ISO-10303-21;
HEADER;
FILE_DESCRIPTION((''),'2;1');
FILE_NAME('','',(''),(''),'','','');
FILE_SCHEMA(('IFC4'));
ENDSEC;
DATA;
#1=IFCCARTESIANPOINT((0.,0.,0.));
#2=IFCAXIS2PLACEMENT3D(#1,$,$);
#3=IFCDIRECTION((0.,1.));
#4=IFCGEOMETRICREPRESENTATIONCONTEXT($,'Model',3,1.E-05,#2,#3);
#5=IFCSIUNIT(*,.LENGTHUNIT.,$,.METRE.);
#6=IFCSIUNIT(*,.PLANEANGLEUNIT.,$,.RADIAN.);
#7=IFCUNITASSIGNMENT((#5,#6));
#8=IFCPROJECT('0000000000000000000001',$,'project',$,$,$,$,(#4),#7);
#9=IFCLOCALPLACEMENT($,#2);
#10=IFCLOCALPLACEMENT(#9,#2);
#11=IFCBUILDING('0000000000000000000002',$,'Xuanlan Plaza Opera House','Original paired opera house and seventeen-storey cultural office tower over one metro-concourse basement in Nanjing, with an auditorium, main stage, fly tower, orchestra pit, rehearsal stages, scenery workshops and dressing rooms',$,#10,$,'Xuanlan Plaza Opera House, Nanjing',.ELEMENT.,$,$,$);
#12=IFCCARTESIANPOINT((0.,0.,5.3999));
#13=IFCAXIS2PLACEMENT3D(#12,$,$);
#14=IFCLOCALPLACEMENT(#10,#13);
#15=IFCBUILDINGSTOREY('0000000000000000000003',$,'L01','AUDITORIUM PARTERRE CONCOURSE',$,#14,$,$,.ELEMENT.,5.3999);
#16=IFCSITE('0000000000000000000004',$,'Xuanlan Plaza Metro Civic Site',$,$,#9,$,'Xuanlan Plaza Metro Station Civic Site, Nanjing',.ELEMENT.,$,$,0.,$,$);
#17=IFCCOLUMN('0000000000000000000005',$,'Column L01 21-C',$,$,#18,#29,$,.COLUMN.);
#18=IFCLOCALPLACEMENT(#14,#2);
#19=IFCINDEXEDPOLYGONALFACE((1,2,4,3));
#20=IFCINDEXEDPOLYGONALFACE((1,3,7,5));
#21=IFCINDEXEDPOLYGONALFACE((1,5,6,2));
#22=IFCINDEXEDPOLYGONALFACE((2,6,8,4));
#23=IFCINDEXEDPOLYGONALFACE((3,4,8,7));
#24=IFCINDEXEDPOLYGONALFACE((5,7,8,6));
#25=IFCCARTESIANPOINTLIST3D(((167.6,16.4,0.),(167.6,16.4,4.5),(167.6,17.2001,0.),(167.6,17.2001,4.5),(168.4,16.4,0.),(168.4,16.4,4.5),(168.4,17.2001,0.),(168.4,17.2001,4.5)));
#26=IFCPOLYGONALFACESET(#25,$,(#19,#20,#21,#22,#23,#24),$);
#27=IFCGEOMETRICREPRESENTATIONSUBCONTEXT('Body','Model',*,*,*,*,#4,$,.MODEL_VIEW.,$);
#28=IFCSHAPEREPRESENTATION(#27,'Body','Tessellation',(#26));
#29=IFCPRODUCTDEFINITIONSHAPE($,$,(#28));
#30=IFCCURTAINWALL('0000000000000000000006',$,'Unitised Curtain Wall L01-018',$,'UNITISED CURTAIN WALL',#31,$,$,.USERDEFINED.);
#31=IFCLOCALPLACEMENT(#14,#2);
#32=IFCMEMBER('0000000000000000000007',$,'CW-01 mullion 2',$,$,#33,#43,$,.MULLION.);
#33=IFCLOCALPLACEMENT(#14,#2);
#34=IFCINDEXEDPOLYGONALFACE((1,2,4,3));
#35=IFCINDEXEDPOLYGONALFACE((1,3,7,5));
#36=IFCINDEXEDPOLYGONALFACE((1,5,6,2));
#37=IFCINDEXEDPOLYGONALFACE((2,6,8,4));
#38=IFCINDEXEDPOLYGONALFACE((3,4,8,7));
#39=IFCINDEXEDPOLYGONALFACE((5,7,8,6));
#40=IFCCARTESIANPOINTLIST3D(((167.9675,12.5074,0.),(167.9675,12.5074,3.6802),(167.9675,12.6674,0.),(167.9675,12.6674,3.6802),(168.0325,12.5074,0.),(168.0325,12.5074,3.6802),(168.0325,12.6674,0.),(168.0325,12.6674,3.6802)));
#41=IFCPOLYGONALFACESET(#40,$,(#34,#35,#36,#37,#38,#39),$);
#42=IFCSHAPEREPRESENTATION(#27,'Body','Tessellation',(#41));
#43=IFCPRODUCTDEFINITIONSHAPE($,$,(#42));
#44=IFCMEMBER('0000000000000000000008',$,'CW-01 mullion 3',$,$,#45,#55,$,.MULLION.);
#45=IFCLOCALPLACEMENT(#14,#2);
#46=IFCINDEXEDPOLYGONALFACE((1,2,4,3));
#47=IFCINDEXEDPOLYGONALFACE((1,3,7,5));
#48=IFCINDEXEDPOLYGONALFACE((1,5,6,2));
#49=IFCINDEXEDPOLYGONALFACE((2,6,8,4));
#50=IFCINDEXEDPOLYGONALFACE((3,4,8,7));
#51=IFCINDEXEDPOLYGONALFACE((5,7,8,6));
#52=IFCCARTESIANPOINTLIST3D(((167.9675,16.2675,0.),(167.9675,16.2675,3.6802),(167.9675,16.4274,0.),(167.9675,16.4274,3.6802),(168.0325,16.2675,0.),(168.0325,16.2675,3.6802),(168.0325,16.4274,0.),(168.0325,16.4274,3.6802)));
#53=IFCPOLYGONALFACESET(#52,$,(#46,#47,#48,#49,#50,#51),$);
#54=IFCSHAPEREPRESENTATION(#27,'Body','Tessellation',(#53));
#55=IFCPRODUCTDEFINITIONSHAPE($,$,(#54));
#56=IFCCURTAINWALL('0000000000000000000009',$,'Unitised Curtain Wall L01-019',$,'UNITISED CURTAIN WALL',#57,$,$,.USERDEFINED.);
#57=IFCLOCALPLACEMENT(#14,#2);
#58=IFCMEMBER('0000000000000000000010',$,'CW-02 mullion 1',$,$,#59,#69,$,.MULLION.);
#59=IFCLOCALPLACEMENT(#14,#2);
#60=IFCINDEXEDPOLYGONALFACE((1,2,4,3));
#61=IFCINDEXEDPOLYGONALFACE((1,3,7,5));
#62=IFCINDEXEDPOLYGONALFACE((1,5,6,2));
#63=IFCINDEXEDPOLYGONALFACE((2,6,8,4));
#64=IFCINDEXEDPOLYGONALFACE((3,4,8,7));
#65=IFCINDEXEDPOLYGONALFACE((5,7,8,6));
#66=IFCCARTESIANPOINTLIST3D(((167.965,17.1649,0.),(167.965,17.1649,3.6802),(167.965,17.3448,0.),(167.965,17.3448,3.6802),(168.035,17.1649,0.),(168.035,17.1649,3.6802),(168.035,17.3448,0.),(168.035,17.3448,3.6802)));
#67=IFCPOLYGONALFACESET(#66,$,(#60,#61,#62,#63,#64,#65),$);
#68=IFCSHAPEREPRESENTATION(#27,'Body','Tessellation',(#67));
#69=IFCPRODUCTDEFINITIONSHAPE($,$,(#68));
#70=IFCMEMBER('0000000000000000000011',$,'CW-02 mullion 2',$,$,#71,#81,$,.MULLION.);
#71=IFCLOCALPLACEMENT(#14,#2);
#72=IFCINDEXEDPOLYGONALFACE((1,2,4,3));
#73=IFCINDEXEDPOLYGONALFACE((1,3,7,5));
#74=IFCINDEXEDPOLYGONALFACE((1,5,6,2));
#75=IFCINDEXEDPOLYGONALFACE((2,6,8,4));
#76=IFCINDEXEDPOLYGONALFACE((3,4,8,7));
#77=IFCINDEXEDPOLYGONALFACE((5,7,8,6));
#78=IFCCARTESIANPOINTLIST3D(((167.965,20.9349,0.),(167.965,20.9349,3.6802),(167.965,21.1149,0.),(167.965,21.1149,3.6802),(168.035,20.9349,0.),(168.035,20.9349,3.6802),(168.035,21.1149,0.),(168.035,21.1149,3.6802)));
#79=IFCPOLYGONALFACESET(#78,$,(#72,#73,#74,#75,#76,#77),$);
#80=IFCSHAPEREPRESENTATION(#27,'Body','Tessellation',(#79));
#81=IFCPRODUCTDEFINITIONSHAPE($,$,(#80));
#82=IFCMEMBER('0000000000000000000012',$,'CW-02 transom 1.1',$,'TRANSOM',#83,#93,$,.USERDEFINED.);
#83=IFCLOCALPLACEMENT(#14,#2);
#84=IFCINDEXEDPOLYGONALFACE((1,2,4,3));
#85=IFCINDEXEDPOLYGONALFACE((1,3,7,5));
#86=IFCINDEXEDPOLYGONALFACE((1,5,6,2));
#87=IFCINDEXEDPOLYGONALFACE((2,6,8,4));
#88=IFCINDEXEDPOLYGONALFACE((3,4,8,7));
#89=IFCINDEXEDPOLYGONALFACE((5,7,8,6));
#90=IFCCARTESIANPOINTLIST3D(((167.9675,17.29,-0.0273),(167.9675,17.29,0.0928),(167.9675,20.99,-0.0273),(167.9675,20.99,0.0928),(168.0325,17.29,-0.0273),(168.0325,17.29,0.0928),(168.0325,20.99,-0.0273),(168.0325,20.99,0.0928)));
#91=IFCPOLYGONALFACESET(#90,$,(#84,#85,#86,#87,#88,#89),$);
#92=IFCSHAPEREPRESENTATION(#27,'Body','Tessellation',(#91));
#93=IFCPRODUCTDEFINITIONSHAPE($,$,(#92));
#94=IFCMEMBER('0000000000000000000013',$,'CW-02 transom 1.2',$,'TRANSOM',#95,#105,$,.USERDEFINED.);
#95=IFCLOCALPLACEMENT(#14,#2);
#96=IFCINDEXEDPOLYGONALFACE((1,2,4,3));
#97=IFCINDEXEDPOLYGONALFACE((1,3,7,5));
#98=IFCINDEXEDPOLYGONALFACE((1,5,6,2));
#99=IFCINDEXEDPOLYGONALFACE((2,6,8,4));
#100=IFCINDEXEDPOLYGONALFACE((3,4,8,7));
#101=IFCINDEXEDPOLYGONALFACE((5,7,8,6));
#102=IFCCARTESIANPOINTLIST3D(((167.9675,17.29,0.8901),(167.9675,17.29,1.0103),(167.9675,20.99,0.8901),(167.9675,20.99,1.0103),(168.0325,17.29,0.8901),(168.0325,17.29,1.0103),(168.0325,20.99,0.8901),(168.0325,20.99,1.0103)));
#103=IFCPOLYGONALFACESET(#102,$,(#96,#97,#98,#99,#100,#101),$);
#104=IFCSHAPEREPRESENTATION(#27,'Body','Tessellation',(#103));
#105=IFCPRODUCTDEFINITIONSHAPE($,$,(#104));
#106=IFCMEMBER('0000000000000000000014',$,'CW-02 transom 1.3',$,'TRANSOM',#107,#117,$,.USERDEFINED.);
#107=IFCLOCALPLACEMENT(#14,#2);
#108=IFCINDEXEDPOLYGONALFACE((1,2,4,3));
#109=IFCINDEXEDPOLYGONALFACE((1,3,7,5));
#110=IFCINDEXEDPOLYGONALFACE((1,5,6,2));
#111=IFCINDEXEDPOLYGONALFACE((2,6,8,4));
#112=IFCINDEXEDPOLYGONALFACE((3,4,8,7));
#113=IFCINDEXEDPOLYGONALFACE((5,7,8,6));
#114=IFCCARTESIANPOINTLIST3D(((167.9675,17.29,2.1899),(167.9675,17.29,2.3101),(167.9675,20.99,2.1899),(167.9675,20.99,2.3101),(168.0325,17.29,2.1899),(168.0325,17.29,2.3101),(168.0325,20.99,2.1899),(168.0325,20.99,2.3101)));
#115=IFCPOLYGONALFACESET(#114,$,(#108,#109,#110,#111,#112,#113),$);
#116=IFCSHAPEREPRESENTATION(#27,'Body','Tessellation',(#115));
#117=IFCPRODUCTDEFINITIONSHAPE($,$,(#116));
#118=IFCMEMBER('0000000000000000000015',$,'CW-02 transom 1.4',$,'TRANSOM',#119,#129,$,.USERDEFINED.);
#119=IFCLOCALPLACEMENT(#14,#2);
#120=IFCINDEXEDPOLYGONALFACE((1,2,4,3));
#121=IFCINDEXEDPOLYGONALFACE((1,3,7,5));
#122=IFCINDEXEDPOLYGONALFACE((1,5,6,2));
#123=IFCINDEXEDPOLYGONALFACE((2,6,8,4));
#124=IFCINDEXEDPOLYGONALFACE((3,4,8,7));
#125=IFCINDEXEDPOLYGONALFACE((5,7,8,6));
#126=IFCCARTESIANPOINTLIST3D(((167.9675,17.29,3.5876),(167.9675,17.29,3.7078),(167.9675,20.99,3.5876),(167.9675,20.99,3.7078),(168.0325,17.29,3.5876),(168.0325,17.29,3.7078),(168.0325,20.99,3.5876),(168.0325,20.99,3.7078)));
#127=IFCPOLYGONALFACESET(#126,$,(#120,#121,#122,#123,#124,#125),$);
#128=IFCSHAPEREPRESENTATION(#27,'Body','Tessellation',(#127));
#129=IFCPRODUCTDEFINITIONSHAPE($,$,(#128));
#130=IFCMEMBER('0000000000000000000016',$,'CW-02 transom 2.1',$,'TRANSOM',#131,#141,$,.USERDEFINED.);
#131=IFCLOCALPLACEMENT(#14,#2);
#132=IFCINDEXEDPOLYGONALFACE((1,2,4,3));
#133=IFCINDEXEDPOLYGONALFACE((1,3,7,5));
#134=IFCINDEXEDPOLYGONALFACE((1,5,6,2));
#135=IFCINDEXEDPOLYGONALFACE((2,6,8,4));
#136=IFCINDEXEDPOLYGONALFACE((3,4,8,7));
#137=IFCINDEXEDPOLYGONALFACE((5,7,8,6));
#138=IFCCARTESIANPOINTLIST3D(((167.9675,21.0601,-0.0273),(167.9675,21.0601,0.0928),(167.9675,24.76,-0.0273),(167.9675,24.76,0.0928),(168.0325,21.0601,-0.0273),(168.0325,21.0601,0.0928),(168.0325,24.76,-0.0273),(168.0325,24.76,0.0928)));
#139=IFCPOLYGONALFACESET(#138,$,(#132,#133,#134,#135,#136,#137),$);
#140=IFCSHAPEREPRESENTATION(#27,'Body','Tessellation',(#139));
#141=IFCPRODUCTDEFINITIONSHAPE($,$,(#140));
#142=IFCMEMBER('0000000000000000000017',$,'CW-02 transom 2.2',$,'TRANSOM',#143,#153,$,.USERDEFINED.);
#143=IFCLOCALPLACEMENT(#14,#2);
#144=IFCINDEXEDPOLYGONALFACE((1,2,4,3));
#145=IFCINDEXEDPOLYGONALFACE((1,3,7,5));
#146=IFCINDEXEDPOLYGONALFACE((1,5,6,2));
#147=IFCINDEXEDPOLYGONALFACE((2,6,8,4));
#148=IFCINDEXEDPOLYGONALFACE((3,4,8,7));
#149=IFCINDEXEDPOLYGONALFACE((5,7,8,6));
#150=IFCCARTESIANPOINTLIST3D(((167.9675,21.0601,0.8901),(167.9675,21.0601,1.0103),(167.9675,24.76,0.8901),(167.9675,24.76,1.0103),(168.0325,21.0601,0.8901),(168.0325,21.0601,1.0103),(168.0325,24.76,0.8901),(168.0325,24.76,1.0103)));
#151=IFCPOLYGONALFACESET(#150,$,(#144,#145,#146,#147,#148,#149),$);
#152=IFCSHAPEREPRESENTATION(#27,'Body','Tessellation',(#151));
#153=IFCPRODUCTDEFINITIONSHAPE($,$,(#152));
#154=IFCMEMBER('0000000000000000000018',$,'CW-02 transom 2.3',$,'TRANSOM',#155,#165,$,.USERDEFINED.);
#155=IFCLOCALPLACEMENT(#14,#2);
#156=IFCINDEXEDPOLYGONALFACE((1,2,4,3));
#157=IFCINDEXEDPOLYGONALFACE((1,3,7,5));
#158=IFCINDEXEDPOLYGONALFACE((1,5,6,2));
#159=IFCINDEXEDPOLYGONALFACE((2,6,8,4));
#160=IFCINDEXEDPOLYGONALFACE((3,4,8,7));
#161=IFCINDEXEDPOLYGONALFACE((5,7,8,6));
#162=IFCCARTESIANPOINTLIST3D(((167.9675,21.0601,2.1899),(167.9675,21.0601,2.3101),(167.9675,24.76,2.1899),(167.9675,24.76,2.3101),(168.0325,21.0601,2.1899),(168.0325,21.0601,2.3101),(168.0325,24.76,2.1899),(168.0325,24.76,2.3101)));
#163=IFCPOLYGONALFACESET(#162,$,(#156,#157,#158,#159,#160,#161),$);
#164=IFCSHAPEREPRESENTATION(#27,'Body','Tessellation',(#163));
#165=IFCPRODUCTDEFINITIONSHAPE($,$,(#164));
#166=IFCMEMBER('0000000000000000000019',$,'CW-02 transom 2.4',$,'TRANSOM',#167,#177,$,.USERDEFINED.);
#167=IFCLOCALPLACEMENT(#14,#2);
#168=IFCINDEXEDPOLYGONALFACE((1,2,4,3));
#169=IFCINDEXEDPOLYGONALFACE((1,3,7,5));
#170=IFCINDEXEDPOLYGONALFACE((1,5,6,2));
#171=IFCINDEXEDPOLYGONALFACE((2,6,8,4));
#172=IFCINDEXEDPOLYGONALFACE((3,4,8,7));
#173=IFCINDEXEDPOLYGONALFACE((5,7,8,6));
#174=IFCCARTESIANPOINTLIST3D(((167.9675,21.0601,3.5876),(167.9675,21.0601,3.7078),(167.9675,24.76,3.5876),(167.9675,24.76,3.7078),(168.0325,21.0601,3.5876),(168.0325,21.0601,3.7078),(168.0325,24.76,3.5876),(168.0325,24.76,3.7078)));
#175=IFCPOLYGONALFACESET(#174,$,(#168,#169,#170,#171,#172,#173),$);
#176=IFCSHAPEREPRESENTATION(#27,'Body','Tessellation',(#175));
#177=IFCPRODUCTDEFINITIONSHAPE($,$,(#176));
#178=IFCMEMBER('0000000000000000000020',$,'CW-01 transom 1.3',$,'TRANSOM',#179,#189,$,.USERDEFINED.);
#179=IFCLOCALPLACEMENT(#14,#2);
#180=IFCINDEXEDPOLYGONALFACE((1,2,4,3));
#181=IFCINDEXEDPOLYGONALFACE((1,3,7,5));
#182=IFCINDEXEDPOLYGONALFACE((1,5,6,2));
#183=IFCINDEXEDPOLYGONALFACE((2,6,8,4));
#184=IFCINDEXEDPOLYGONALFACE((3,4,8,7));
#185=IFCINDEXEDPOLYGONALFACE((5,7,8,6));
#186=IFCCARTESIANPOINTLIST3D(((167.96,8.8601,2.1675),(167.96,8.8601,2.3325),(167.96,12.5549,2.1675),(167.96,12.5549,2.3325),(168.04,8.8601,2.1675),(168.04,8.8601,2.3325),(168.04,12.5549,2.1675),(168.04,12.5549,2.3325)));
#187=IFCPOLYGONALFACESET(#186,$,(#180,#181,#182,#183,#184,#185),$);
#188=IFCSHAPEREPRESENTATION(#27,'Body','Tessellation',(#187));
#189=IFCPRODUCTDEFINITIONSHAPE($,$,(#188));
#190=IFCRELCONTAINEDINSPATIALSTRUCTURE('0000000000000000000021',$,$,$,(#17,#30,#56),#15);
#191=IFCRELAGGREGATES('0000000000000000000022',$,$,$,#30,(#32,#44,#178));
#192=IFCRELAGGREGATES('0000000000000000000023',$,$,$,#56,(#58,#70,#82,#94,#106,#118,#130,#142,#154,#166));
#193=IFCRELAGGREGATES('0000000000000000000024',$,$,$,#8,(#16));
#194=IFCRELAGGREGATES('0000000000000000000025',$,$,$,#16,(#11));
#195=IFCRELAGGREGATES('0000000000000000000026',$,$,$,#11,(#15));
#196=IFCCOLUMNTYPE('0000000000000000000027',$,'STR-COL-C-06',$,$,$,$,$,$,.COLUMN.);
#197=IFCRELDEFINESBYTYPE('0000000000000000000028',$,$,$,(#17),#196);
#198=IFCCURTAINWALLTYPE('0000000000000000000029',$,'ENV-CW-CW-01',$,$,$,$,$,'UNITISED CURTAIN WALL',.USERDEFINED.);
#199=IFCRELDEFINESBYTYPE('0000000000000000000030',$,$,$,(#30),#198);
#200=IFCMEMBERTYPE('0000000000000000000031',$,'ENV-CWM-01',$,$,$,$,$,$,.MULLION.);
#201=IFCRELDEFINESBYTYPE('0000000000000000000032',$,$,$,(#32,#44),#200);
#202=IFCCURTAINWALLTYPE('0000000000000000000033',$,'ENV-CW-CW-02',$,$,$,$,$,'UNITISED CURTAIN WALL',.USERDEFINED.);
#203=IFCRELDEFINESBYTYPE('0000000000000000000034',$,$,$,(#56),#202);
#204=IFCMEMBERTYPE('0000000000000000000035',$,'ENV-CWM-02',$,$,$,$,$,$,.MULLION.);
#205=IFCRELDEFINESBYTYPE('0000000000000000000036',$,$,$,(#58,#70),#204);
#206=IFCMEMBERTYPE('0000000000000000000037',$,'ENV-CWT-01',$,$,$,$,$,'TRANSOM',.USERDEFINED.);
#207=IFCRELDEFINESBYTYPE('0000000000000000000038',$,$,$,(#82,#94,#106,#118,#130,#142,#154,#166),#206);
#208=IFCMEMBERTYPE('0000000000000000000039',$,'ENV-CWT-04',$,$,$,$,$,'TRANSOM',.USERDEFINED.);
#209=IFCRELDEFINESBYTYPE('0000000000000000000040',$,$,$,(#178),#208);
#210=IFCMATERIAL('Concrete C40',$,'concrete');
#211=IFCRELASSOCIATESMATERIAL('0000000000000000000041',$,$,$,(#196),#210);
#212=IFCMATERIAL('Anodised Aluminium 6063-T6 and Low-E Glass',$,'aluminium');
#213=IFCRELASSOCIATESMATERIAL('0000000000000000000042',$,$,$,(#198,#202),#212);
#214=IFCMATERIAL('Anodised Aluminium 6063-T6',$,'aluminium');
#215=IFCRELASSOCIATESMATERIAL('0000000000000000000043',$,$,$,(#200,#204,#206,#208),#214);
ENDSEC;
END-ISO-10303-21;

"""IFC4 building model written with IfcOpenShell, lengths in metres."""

from ifc_helpers import new_model, si_unit, direction, frame, origin, origin_2d, place, context, subcontext, project, spatial, rectangle, extrude, material, material_profile, profile_set, type_object, element, aggregate, save


model = new_model("IFC4")

# Units and contexts
model_context = context("Model", 3, precision=1e-05, world=origin(), true_north=direction((0.0, 1.0)))
body_context = subcontext(model_context, "Body", "Model", "MODEL_VIEW")
ifc_project = project(units=[si_unit("LENGTHUNIT", "METRE"), si_unit("PLANEANGLEUNIT", "RADIAN")], contexts=[model_context])

# Site, building, storey
site_placement = place(None, origin())
site = spatial("IfcSite", under=ifc_project, at=site_placement, Name="Xuanlan Plaza Metro Civic Site", LongName="Xuanlan Plaza Metro Station Civic Site, Nanjing", CompositionType="ELEMENT", RefElevation=0.0)
building_placement = place(site_placement, origin())
building = spatial("IfcBuilding", under=site, at=building_placement, Name="Xuanlan Plaza Opera House", Description="Original paired opera house and seventeen-storey cultural office tower over one metro-concourse basement in Nanjing, with an auditorium, main stage, fly tower, orchestra pit, rehearsal stages, scenery workshops and dressing rooms", LongName="Xuanlan Plaza Opera House, Nanjing", CompositionType="ELEMENT")
storey_placement = place(building_placement, frame((0.0, 0.0, 5.3999)))
storey = spatial("IfcBuildingStorey", under=building, at=storey_placement, Name="L01", Description="AUDITORIUM PARTERRE CONCOURSE", CompositionType="ELEMENT", Elevation=5.3999)

# Column
ifc_material_1 = material(Name="Concrete C40", Category="concrete")
ifc_material_profile_1 = material_profile(ifc_material_1, rectangle(XDim=0.8, YDim=0.8, at=origin_2d()), Name="RC-COL 800x800")
ifc_profile_set_1 = profile_set([ifc_material_profile_1], Name="Concrete C40")
column_type = type_object("IfcColumnType", Name="STR-COL-C-06", PredefinedType="COLUMN", material=ifc_profile_set_1)
column_placement = place(storey_placement, frame((168.0, 16.8, 0.0), z_axis=(0.0, 0.0, 1.0), x_axis=(1.0, 0.0, 0.0)))
element("IfcColumn", 1, at=column_placement, inside=storey, type_object=column_type, Name="Column L01 21-C", PredefinedType="COLUMN", context=body_context, shape_type="SweptSolid", body=[
    extrude(rectangle(XDim=0.8, YDim=0.8, at=origin_2d()), origin(), (0.0, 0.0, 1.0), 4.5),
])

# Curtain walls, members
ifc_material_2 = material(Name="Anodised Aluminium 6063-T6 and Low-E Glass", Category="aluminium")
curtain_wall_type_1 = type_object("IfcCurtainWallType", Name="ENV-CW-CW-01", ElementType="UNITISED CURTAIN WALL", PredefinedType="USERDEFINED", material=ifc_material_2)
curtain_wall_1_placement = place(storey_placement, origin())
curtain_wall_1 = element("IfcCurtainWall", 2, at=curtain_wall_1_placement, inside=storey, type_object=curtain_wall_type_1, Name="Unitised Curtain Wall L01-018", ObjectType="UNITISED CURTAIN WALL", PredefinedType="USERDEFINED")
ifc_material_3 = material(Name="Anodised Aluminium 6063-T6", Category="aluminium")
ifc_material_profile_2 = material_profile(ifc_material_3, rectangle(XDim=0.0649, YDim=0.1599, at=origin_2d()), Name="ALU-M 65x160")
ifc_profile_set_2 = profile_set([ifc_material_profile_2], Name="Anodised Aluminium 6063-T6")
member_type_1 = type_object("IfcMemberType", Name="ENV-CWM-01", PredefinedType="MULLION", material=ifc_profile_set_2)
member_1_placement = place(storey_placement, frame((168.0, 12.5874, 0.0), z_axis=(0.0, 0.0, 1.0), x_axis=(-1.0, 0.0, 0.0)))
member_1 = element("IfcMember", 3, at=member_1_placement, type_object=member_type_1, Name="CW-01 mullion 2", PredefinedType="MULLION", context=body_context, shape_type="SweptSolid", body=[
    extrude(rectangle(XDim=0.0649, YDim=0.1599, at=origin_2d()), origin(), (0.0, 0.0, 1.0), 3.6802),
])
member_2_placement = place(storey_placement, frame((168.0, 16.3474, 0.0), z_axis=(0.0, 0.0, 1.0), x_axis=(-1.0, 0.0, 0.0)))
member_2 = element("IfcMember", 4, at=member_2_placement, type_object=member_type_1, Name="CW-01 mullion 3", PredefinedType="MULLION", context=body_context, shape_type="SweptSolid", body=[
    extrude(rectangle(XDim=0.0649, YDim=0.1599, at=origin_2d()), origin(), (0.0, 0.0, 1.0), 3.6802),
])
curtain_wall_type_2 = type_object("IfcCurtainWallType", Name="ENV-CW-CW-02", ElementType="UNITISED CURTAIN WALL", PredefinedType="USERDEFINED", material=ifc_material_2)
curtain_wall_2_placement = place(storey_placement, origin())
curtain_wall_2 = element("IfcCurtainWall", 5, at=curtain_wall_2_placement, inside=storey, type_object=curtain_wall_type_2, Name="Unitised Curtain Wall L01-019", ObjectType="UNITISED CURTAIN WALL", PredefinedType="USERDEFINED")
ifc_material_profile_3 = material_profile(ifc_material_3, rectangle(XDim=0.0701, YDim=0.1799, at=origin_2d()), Name="ALU-M 70x180")
ifc_profile_set_3 = profile_set([ifc_material_profile_3], Name="Anodised Aluminium 6063-T6")
member_type_2 = type_object("IfcMemberType", Name="ENV-CWM-02", PredefinedType="MULLION", material=ifc_profile_set_3)
member_3_placement = place(storey_placement, frame((168.0, 17.2549, 0.0), z_axis=(0.0, 0.0, 1.0), x_axis=(-1.0, 0.0, 0.0)))
member_3 = element("IfcMember", 6, at=member_3_placement, type_object=member_type_2, Name="CW-02 mullion 1", PredefinedType="MULLION", context=body_context, shape_type="SweptSolid", body=[
    extrude(rectangle(XDim=0.0701, YDim=0.1799, at=origin_2d()), origin(), (0.0, 0.0, 1.0), 3.6802),
])
member_4_placement = place(storey_placement, frame((168.0, 21.0249, 0.0), z_axis=(0.0, 0.0, 1.0), x_axis=(-1.0, 0.0, 0.0)))
member_4 = element("IfcMember", 7, at=member_4_placement, type_object=member_type_2, Name="CW-02 mullion 2", PredefinedType="MULLION", context=body_context, shape_type="SweptSolid", body=[
    extrude(rectangle(XDim=0.0701, YDim=0.1799, at=origin_2d()), origin(), (0.0, 0.0, 1.0), 3.6802),
])
ifc_material_profile_4 = material_profile(ifc_material_3, rectangle(XDim=0.0649, YDim=0.1201, at=origin_2d()), Name="ALU-T 65x120")
ifc_profile_set_4 = profile_set([ifc_material_profile_4], Name="Anodised Aluminium 6063-T6")
member_type_3 = type_object("IfcMemberType", Name="ENV-CWT-01", ElementType="TRANSOM", PredefinedType="USERDEFINED", material=ifc_profile_set_4)
member_5_placement = place(storey_placement, frame((168.0, 17.29, 0.0327), z_axis=(0.0, 1.0, 0.0), x_axis=(-1.0, 0.0, 0.0)))
member_5 = element("IfcMember", 8, at=member_5_placement, type_object=member_type_3, Name="CW-02 transom 1.1", ObjectType="TRANSOM", PredefinedType="USERDEFINED", context=body_context, shape_type="SweptSolid", body=[
    extrude(rectangle(XDim=0.0649, YDim=0.1201, at=origin_2d()), origin(), (0.0, 0.0, 1.0), 3.7),
])
member_6_placement = place(storey_placement, frame((168.0, 17.29, 0.9502), z_axis=(0.0, 1.0, 0.0), x_axis=(-1.0, 0.0, 0.0)))
member_6 = element("IfcMember", 9, at=member_6_placement, type_object=member_type_3, Name="CW-02 transom 1.2", ObjectType="TRANSOM", PredefinedType="USERDEFINED", context=body_context, shape_type="SweptSolid", body=[
    extrude(rectangle(XDim=0.0649, YDim=0.1201, at=origin_2d()), origin(), (0.0, 0.0, 1.0), 3.7),
])
member_7_placement = place(storey_placement, frame((168.0, 17.29, 2.25), z_axis=(0.0, 1.0, 0.0), x_axis=(-1.0, 0.0, 0.0)))
member_7 = element("IfcMember", 10, at=member_7_placement, type_object=member_type_3, Name="CW-02 transom 1.3", ObjectType="TRANSOM", PredefinedType="USERDEFINED", context=body_context, shape_type="SweptSolid", body=[
    extrude(rectangle(XDim=0.0649, YDim=0.1201, at=origin_2d()), origin(), (0.0, 0.0, 1.0), 3.7),
])
member_8_placement = place(storey_placement, frame((168.0, 17.29, 3.6477), z_axis=(0.0, 1.0, 0.0), x_axis=(-1.0, 0.0, 0.0)))
member_8 = element("IfcMember", 11, at=member_8_placement, type_object=member_type_3, Name="CW-02 transom 1.4", ObjectType="TRANSOM", PredefinedType="USERDEFINED", context=body_context, shape_type="SweptSolid", body=[
    extrude(rectangle(XDim=0.0649, YDim=0.1201, at=origin_2d()), origin(), (0.0, 0.0, 1.0), 3.7),
])
member_9_placement = place(storey_placement, frame((168.0, 21.0601, 0.0327), z_axis=(0.0, 1.0, 0.0), x_axis=(-1.0, 0.0, 0.0)))
member_9 = element("IfcMember", 12, at=member_9_placement, type_object=member_type_3, Name="CW-02 transom 2.1", ObjectType="TRANSOM", PredefinedType="USERDEFINED", context=body_context, shape_type="SweptSolid", body=[
    extrude(rectangle(XDim=0.0649, YDim=0.1201, at=origin_2d()), origin(), (0.0, 0.0, 1.0), 3.7),
])
member_10_placement = place(storey_placement, frame((168.0, 21.0601, 0.9502), z_axis=(0.0, 1.0, 0.0), x_axis=(-1.0, 0.0, 0.0)))
member_10 = element("IfcMember", 13, at=member_10_placement, type_object=member_type_3, Name="CW-02 transom 2.2", ObjectType="TRANSOM", PredefinedType="USERDEFINED", context=body_context, shape_type="SweptSolid", body=[
    extrude(rectangle(XDim=0.0649, YDim=0.1201, at=origin_2d()), origin(), (0.0, 0.0, 1.0), 3.7),
])
member_11_placement = place(storey_placement, frame((168.0, 21.0601, 2.25), z_axis=(0.0, 1.0, 0.0), x_axis=(-1.0, 0.0, 0.0)))
member_11 = element("IfcMember", 14, at=member_11_placement, type_object=member_type_3, Name="CW-02 transom 2.3", ObjectType="TRANSOM", PredefinedType="USERDEFINED", context=body_context, shape_type="SweptSolid", body=[
    extrude(rectangle(XDim=0.0649, YDim=0.1201, at=origin_2d()), origin(), (0.0, 0.0, 1.0), 3.7),
])
member_12_placement = place(storey_placement, frame((168.0, 21.0601, 3.6477), z_axis=(0.0, 1.0, 0.0), x_axis=(-1.0, 0.0, 0.0)))
member_12 = element("IfcMember", 15, at=member_12_placement, type_object=member_type_3, Name="CW-02 transom 2.4", ObjectType="TRANSOM", PredefinedType="USERDEFINED", context=body_context, shape_type="SweptSolid", body=[
    extrude(rectangle(XDim=0.0649, YDim=0.1201, at=origin_2d()), origin(), (0.0, 0.0, 1.0), 3.7),
])

# Member
ifc_material_profile_5 = material_profile(ifc_material_3, rectangle(XDim=0.0801, YDim=0.165, at=origin_2d()), Name="ALU-T 80x165")
ifc_profile_set_5 = profile_set([ifc_material_profile_5], Name="Anodised Aluminium 6063-T6")
member_type_4 = type_object("IfcMemberType", Name="ENV-CWT-04", ElementType="TRANSOM", PredefinedType="USERDEFINED", material=ifc_profile_set_5)
member_13_placement = place(storey_placement, frame((168.0, 8.8601, 2.25), z_axis=(0.0, 1.0, 0.0), x_axis=(-1.0, 0.0, 0.0)))
member_13 = element("IfcMember", 16, at=member_13_placement, type_object=member_type_4, Name="CW-01 transom 1.3", ObjectType="TRANSOM", PredefinedType="USERDEFINED", context=body_context, shape_type="SweptSolid", body=[
    extrude(rectangle(XDim=0.0801, YDim=0.165, at=origin_2d()), origin(), (0.0, 0.0, 1.0), 3.6948),
])

aggregate(curtain_wall_1, [member_1, member_2, member_13])
aggregate(curtain_wall_2, [member_3, member_4, member_5, member_6, member_7, member_8, member_9, member_10, member_11, member_12])

save(model, "model.ifc")
